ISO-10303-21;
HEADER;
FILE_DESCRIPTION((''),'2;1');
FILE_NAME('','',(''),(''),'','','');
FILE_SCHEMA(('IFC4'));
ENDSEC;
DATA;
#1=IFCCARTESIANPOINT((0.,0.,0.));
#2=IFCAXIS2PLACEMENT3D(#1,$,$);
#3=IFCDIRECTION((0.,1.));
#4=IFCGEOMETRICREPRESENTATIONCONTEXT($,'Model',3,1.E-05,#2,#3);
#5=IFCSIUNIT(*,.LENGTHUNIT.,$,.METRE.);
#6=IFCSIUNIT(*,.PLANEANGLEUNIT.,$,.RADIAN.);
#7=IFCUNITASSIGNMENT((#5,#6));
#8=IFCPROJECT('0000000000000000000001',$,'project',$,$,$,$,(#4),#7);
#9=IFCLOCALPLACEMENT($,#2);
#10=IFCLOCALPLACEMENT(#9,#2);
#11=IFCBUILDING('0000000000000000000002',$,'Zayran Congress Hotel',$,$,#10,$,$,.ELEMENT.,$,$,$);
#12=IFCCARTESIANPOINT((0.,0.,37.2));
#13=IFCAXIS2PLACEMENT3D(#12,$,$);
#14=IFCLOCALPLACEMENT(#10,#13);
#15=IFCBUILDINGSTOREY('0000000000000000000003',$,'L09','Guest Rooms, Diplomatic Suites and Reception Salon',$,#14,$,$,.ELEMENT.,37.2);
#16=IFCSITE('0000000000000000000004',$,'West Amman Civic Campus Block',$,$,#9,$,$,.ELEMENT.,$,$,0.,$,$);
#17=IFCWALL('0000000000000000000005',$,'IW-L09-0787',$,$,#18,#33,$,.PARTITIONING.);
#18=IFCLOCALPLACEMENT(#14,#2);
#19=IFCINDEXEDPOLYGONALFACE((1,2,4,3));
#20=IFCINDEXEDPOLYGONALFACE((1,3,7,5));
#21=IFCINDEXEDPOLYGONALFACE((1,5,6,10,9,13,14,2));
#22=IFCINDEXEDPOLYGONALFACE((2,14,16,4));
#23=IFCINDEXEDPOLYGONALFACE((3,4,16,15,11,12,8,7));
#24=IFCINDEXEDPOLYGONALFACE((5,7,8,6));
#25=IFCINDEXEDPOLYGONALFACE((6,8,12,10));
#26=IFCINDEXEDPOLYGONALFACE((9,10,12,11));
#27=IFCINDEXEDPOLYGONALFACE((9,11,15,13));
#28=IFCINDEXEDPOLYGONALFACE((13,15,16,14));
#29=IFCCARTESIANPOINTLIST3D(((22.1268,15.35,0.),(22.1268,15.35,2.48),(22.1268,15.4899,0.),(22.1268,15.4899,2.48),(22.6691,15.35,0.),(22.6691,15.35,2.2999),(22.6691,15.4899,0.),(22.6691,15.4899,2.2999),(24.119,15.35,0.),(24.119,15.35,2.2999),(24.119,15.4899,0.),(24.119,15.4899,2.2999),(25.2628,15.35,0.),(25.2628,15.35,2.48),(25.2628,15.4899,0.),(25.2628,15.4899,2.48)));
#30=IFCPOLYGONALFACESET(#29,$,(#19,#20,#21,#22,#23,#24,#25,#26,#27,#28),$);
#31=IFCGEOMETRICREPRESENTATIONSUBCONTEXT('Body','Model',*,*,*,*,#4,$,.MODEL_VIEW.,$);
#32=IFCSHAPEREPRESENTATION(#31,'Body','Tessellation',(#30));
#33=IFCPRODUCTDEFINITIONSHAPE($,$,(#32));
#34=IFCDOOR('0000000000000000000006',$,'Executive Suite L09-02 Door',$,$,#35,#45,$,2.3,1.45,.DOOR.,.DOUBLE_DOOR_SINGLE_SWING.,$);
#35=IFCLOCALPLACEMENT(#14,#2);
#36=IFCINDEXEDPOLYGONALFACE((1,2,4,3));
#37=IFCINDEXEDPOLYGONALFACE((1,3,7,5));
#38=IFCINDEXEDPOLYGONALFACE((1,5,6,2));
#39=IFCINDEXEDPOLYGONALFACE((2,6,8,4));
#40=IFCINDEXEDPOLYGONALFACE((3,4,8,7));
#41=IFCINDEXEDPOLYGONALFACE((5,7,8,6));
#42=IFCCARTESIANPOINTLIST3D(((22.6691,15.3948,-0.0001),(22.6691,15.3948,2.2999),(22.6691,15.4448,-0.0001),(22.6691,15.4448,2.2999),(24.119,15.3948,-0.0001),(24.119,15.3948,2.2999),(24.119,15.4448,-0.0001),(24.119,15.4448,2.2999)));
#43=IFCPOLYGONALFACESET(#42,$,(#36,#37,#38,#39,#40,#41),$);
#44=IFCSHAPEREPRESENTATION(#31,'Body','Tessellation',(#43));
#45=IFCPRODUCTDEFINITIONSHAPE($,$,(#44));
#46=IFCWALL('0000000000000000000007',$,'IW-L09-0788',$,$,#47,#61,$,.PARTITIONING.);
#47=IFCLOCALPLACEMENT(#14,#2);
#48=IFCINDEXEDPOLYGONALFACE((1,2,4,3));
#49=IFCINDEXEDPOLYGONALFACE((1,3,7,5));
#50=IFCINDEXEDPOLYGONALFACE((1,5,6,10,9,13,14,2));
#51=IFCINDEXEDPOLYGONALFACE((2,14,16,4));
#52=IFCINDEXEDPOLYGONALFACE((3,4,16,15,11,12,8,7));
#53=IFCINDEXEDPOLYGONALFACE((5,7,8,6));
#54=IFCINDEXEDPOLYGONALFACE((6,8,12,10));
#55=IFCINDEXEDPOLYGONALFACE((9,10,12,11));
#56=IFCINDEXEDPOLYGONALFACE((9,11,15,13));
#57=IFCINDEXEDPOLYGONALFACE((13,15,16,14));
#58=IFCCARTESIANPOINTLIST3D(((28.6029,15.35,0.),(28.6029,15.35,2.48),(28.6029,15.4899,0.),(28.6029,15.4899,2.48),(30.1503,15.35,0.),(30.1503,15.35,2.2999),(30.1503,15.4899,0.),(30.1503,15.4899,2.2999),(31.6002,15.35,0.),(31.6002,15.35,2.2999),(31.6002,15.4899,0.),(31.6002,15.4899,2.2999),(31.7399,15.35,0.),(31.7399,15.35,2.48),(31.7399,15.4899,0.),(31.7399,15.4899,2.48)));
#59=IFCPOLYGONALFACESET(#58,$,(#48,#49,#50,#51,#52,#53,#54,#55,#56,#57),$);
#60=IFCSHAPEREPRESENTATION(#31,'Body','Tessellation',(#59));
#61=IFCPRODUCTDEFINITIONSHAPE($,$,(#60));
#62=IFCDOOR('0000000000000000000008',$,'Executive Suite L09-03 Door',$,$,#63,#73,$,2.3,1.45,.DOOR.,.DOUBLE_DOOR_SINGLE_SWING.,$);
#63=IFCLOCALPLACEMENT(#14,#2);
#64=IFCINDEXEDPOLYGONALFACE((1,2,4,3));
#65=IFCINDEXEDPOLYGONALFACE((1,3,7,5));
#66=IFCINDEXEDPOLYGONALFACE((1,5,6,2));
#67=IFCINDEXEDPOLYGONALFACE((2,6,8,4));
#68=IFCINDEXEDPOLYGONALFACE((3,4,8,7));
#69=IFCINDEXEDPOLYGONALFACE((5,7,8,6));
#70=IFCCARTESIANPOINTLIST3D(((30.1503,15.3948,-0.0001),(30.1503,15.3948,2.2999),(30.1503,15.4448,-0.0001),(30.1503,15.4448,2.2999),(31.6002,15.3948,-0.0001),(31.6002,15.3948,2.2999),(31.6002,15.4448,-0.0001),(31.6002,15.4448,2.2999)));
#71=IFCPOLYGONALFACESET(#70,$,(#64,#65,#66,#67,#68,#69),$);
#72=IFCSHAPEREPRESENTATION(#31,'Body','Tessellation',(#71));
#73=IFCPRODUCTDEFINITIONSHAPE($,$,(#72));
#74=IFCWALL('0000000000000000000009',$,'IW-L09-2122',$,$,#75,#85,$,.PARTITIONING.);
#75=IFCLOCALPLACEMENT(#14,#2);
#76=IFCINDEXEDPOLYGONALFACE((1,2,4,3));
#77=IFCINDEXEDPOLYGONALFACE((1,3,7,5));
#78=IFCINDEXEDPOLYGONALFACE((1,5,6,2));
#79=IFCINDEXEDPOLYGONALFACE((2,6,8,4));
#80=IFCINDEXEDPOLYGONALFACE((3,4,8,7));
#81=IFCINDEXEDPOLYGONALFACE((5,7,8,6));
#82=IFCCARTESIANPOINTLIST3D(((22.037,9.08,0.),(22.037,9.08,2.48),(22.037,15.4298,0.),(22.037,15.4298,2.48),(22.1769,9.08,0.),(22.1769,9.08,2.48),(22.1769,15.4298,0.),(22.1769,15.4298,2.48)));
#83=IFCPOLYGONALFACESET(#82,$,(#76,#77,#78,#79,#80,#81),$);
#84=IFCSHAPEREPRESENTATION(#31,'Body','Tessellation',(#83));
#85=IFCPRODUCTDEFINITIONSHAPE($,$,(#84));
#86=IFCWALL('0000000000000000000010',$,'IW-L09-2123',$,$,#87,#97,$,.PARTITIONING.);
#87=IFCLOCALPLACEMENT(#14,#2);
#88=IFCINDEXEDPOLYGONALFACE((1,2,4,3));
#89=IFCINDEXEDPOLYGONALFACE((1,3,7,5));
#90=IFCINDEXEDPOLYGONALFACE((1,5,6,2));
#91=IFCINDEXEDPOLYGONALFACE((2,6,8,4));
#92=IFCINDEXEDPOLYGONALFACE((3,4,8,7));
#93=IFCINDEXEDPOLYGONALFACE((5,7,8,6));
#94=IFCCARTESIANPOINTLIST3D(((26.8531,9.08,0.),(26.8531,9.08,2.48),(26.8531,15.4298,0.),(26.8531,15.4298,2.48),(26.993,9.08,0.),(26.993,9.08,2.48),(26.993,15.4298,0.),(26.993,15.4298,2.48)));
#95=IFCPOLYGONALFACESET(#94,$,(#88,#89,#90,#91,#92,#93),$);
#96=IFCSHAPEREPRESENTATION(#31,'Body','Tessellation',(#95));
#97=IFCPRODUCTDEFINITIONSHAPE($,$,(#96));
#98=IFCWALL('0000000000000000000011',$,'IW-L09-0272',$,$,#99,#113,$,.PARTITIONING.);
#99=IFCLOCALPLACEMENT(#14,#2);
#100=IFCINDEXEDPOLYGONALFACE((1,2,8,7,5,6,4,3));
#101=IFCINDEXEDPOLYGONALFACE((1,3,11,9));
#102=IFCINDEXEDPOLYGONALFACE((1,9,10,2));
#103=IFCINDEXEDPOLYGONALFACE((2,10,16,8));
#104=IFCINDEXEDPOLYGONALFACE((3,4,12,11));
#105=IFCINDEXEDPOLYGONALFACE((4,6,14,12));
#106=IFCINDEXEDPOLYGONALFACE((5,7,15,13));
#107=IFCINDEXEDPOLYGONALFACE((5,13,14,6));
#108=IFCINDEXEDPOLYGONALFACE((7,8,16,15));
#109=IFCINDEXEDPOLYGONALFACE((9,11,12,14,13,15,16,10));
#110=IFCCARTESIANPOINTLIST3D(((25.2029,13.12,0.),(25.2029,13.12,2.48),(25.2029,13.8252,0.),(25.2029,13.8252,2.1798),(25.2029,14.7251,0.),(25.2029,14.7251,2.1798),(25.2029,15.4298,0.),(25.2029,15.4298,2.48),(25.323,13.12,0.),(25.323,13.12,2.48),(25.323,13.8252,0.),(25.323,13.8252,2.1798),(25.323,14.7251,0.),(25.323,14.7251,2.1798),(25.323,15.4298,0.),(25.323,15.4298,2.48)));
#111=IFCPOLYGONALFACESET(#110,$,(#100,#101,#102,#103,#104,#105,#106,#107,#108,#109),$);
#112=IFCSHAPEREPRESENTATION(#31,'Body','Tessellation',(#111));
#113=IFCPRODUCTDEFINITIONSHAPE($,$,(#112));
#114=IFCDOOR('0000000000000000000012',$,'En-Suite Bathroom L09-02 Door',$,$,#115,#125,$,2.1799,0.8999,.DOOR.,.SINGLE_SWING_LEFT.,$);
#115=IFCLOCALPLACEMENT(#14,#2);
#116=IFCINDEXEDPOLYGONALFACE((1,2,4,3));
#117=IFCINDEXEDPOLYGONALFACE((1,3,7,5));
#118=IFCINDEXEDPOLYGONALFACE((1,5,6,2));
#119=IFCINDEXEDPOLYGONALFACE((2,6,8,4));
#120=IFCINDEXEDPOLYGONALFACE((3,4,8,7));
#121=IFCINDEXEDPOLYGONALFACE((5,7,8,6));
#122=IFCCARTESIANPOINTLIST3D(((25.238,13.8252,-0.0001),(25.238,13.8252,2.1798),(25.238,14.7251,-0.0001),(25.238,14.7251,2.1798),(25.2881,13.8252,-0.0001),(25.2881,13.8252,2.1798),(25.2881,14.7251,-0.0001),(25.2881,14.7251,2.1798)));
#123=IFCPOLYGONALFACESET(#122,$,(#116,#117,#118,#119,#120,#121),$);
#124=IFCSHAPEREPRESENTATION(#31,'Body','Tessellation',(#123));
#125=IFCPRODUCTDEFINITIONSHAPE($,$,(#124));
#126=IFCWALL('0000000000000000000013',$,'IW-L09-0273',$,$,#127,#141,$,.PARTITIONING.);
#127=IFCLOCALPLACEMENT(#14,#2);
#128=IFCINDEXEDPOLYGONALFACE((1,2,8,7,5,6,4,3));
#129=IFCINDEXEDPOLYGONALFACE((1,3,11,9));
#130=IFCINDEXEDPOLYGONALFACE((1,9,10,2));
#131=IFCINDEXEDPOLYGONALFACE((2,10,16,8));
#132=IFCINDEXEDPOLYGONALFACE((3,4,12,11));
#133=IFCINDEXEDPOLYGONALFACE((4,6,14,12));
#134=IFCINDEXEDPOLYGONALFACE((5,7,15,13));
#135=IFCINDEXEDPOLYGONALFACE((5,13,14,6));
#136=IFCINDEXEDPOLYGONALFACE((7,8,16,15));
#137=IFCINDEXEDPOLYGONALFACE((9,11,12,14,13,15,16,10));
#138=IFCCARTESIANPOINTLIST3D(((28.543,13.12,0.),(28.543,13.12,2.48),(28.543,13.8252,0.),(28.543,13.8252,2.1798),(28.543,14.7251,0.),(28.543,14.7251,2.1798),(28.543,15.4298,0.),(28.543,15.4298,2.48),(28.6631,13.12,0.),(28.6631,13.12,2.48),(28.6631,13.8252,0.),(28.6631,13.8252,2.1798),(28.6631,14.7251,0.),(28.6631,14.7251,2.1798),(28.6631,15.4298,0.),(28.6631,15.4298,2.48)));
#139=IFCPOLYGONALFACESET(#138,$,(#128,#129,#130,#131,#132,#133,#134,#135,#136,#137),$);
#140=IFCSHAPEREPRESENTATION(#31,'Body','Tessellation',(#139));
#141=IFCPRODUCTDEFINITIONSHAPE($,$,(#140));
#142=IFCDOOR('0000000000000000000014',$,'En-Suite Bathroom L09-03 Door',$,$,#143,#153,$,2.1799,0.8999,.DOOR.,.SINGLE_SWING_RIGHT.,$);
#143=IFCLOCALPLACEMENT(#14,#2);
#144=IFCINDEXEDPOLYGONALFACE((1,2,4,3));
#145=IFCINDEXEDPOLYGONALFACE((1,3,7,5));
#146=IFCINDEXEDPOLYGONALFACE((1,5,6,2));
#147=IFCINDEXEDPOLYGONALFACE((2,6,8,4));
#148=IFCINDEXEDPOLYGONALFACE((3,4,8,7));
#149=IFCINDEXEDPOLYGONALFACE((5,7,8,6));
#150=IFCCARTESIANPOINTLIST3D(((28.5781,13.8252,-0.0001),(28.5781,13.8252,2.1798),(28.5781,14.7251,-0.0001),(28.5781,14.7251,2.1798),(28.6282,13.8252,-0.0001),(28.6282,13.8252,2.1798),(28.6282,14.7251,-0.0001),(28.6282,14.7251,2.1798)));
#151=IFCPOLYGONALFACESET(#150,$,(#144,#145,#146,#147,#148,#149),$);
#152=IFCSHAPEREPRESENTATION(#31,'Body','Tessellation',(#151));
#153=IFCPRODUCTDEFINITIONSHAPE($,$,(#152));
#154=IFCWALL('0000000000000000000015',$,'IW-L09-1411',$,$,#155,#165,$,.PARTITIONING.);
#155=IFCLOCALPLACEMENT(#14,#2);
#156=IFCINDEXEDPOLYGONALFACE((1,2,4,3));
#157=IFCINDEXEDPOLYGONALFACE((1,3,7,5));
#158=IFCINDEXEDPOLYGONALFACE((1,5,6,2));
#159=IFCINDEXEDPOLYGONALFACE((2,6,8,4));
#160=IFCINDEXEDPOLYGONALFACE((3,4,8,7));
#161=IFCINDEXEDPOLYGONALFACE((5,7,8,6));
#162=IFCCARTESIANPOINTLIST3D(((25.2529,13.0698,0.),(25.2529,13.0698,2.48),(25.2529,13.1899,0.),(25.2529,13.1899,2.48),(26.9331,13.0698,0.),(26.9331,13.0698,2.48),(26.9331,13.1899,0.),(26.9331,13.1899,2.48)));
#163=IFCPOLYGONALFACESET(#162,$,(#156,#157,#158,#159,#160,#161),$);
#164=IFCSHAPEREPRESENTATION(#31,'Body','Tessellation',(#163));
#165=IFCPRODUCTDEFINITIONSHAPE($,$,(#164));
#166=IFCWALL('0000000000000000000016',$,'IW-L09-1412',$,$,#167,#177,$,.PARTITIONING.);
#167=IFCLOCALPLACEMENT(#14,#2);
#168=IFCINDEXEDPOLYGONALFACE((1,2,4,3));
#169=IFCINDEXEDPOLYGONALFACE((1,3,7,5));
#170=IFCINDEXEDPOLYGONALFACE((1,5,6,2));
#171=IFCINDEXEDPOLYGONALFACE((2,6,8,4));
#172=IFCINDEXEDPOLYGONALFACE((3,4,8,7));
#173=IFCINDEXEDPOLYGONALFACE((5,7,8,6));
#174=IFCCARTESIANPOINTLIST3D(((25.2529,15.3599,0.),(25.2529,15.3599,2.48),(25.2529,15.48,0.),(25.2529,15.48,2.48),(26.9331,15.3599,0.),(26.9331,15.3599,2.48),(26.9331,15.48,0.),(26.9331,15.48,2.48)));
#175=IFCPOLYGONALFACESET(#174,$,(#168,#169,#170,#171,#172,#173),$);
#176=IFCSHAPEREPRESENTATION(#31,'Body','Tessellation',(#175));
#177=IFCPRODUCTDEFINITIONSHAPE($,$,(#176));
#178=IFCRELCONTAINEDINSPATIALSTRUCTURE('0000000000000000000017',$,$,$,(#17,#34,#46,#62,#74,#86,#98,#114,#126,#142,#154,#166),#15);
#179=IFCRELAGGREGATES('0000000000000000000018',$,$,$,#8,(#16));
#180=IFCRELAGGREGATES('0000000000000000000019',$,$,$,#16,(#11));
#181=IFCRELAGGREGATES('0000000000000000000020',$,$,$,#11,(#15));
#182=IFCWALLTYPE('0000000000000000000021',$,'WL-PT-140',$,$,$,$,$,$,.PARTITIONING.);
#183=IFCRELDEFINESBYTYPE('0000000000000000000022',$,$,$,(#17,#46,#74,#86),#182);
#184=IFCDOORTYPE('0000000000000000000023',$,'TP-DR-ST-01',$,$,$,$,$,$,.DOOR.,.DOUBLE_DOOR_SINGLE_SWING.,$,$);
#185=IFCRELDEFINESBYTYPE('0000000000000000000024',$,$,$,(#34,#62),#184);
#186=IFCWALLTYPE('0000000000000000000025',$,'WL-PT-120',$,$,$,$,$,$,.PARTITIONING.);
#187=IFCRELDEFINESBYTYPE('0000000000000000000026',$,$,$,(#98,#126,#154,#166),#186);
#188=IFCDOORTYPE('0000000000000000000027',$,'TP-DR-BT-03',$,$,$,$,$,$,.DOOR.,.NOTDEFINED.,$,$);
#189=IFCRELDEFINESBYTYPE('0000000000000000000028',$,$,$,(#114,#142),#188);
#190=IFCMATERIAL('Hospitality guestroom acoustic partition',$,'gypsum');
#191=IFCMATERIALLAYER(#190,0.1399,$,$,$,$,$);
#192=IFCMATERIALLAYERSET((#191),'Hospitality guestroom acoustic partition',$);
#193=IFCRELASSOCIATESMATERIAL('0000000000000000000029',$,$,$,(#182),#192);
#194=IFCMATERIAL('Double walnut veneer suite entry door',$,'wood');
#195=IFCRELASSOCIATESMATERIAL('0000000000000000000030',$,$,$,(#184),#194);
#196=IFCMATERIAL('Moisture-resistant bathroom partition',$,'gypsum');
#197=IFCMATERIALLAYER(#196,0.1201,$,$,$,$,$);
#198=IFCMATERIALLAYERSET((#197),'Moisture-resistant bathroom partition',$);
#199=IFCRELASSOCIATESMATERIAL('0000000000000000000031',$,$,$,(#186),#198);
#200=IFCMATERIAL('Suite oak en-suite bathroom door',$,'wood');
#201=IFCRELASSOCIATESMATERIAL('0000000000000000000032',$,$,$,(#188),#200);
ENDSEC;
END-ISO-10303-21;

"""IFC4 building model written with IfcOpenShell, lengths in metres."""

from ifc_helpers import new_model, si_unit, direction, frame, frame_2d, origin, place, context, subcontext, project, spatial, rectangle, extrude, material, layer, layer_set, type_object, element, fill, save


model = new_model("IFC4")

# Units and contexts
model_context = context("Model", 3, precision=1e-05, world=origin(), true_north=direction((0.0, 1.0)))
body_context = subcontext(model_context, "Body", "Model", "MODEL_VIEW")
ifc_project = project(units=[si_unit("LENGTHUNIT", "METRE"), si_unit("PLANEANGLEUNIT", "RADIAN")], contexts=[model_context])

# Site, building, storey
site_placement = place(None, origin())
site = spatial("IfcSite", under=ifc_project, at=site_placement, Name="West Amman Civic Campus Block", CompositionType="ELEMENT", RefElevation=0.0)
building_placement = place(site_placement, origin())
building = spatial("IfcBuilding", under=site, at=building_placement, Name="Zayran Congress Hotel", CompositionType="ELEMENT")
storey_placement = place(building_placement, frame((0.0, 0.0, 37.2)))
storey = spatial("IfcBuildingStorey", under=building, at=storey_placement, Name="L09", Description="Guest Rooms, Diplomatic Suites and Reception Salon", CompositionType="ELEMENT", Elevation=37.2)

# Shared definitions
ifc_material_1 = material(Name="Hospitality guestroom acoustic partition", Category="gypsum")
ifc_layer_1 = layer(ifc_material_1, 0.1399)
ifc_layer_set_1 = layer_set([ifc_layer_1], Name="Hospitality guestroom acoustic partition")
wall_type_1 = type_object("IfcWallType", Name="WL-PT-140", PredefinedType="PARTITIONING", material=ifc_layer_set_1)

# Walls, openings, doors
wall_1_placement = place(storey_placement, frame((22.127, 15.4199, 0.0), z_axis=(0.0, 0.0, 1.0), x_axis=(1.0, 0.0, 0.0)))
wall_1 = element("IfcWall", 1, at=wall_1_placement, inside=storey, type_object=wall_type_1, Name="IW-L09-0787", PredefinedType="PARTITIONING", context=body_context, shape_type="SweptSolid", body=[
    extrude(rectangle(XDim=3.136, YDim=0.1399, at=frame_2d((1.5679, 0.0))), origin(), (0.0, 0.0, 1.0), 2.48),
])
opening_1_placement = place(wall_1_placement, frame((0.542, 0.0, 0.0)))
opening_1 = element("IfcOpeningElement", 2, at=opening_1_placement, cuts=wall_1, PredefinedType="OPENING", context=body_context, shape_type="SweptSolid", body=[
    extrude(rectangle(XDim=1.45, YDim=2.3, at=frame_2d((0.7251, 1.1499))), frame((0.0, 0.0798, 0.0), z_axis=(0.0, -1.0, 0.0), x_axis=(1.0, 0.0, 0.0)), (0.0, 0.0, 1.0), 0.1599),
])
ifc_material_2 = material(Name="Double walnut veneer suite entry door", Category="wood")
door_type_1 = type_object("IfcDoorType", Name="TP-DR-ST-01", OperationType="DOUBLE_DOOR_SINGLE_SWING", PredefinedType="DOOR", material=ifc_material_2)
door_1_placement = place(opening_1_placement, origin())
door_1 = element("IfcDoor", 3, at=door_1_placement, inside=storey, type_object=door_type_1, Name="Executive Suite L09-02 Door", OperationType="DOUBLE_DOOR_SINGLE_SWING", OverallHeight=2.3, OverallWidth=1.45, PredefinedType="DOOR", context=body_context, shape_type="SweptSolid", body=[
    extrude(rectangle(XDim=1.45, YDim=2.3, at=frame_2d((0.7251, 1.1499))), frame((0.0, 0.0249, 0.0), z_axis=(0.0, -1.0, 0.0), x_axis=(1.0, 0.0, 0.0)), (0.0, 0.0, 1.0), 0.05),
])
fill(opening_1, door_1)
wall_2_placement = place(storey_placement, frame((28.603, 15.4199, 0.0), z_axis=(0.0, 0.0, 1.0), x_axis=(1.0, 0.0, 0.0)))
wall_2 = element("IfcWall", 4, at=wall_2_placement, inside=storey, type_object=wall_type_1, Name="IW-L09-0788", PredefinedType="PARTITIONING", context=body_context, shape_type="SweptSolid", body=[
    extrude(rectangle(XDim=3.137, YDim=0.1399, at=frame_2d((1.5684, 0.0))), origin(), (0.0, 0.0, 1.0), 2.48),
])
opening_2_placement = place(wall_2_placement, frame((1.5471, 0.0, 0.0)))
opening_2 = element("IfcOpeningElement", 5, at=opening_2_placement, cuts=wall_2, PredefinedType="OPENING", context=body_context, shape_type="SweptSolid", body=[
    extrude(rectangle(XDim=1.45, YDim=2.3, at=frame_2d((0.7251, 1.1499))), frame((0.0, 0.0798, 0.0), z_axis=(0.0, -1.0, 0.0), x_axis=(1.0, 0.0, 0.0)), (0.0, 0.0, 1.0), 0.1599),
])
door_2_placement = place(opening_2_placement, origin())
door_2 = element("IfcDoor", 6, at=door_2_placement, inside=storey, type_object=door_type_1, Name="Executive Suite L09-03 Door", OperationType="DOUBLE_DOOR_SINGLE_SWING", OverallHeight=2.3, OverallWidth=1.45, PredefinedType="DOOR", context=body_context, shape_type="SweptSolid", body=[
    extrude(rectangle(XDim=1.45, YDim=2.3, at=frame_2d((0.7251, 1.1499))), frame((0.0, 0.0249, 0.0), z_axis=(0.0, -1.0, 0.0), x_axis=(1.0, 0.0, 0.0)), (0.0, 0.0, 1.0), 0.05),
])
fill(opening_2, door_2)

# Walls
for number, where, z_axis, x_axis, name in (
    (7, (22.1069, 9.0801, 0.0), (0.0, 0.0, 1.0), (0.0, 1.0, 0.0), "IW-L09-2122"),
    (8, (26.9231, 9.0801, 0.0), (0.0, 0.0, 1.0), (0.0, 1.0, 0.0), "IW-L09-2123"),
):
    element("IfcWall", number, at=place(storey_placement, frame(where, z_axis=z_axis, x_axis=x_axis)), inside=storey, type_object=wall_type_1, Name=name, PredefinedType="PARTITIONING", context=body_context, shape_type="SweptSolid", body=[
        extrude(rectangle(XDim=6.3499, YDim=0.1399, at=frame_2d((3.1748, 0.0))), origin(), (0.0, 0.0, 1.0), 2.48),
    ])

# Walls, openings, doors
ifc_material_3 = material(Name="Moisture-resistant bathroom partition", Category="gypsum")
ifc_layer_2 = layer(ifc_material_3, 0.1201)
ifc_layer_set_2 = layer_set([ifc_layer_2], Name="Moisture-resistant bathroom partition")
wall_type_2 = type_object("IfcWallType", Name="WL-PT-120", PredefinedType="PARTITIONING", material=ifc_layer_set_2)
wall_3_placement = place(storey_placement, frame((25.2629, 13.1201, 0.0), z_axis=(0.0, 0.0, 1.0), x_axis=(0.0, 1.0, 0.0)))
wall_3 = element("IfcWall", 9, at=wall_3_placement, inside=storey, type_object=wall_type_2, Name="IW-L09-0272", PredefinedType="PARTITIONING", context=body_context, shape_type="SweptSolid", body=[
    extrude(rectangle(XDim=2.3098, YDim=0.1201, at=frame_2d((1.1548, 0.0))), origin(), (0.0, 0.0, 1.0), 2.48),
])
opening_3_placement = place(wall_3_placement, frame((0.7051, 0.0, 0.0)))
opening_3 = element("IfcOpeningElement", 10, at=opening_3_placement, cuts=wall_3, PredefinedType="OPENING", context=body_context, shape_type="SweptSolid", body=[
    extrude(rectangle(XDim=0.8999, YDim=2.1799, at=frame_2d((0.45, 1.0898))), frame((0.0, 0.0701, 0.0), z_axis=(0.0, -1.0, 0.0), x_axis=(1.0, 0.0, 0.0)), (0.0, 0.0, 1.0), 0.1401),
])
ifc_material_4 = material(Name="Suite oak en-suite bathroom door", Category="wood")
door_type_2 = type_object("IfcDoorType", Name="TP-DR-BT-03", OperationType="NOTDEFINED", PredefinedType="DOOR", material=ifc_material_4)
door_3_placement = place(opening_3_placement, origin())
door_3 = element("IfcDoor", 11, at=door_3_placement, inside=storey, type_object=door_type_2, Name="En-Suite Bathroom L09-02 Door", OperationType="SINGLE_SWING_LEFT", OverallHeight=2.1799, OverallWidth=0.8999, PredefinedType="DOOR", context=body_context, shape_type="SweptSolid", body=[
    extrude(rectangle(XDim=0.8999, YDim=2.1799, at=frame_2d((0.45, 1.0898))), frame((0.0, 0.0249, 0.0), z_axis=(0.0, -1.0, 0.0), x_axis=(1.0, 0.0, 0.0)), (0.0, 0.0, 1.0), 0.05),
])
fill(opening_3, door_3)
wall_4_placement = place(storey_placement, frame((28.603, 13.1201, 0.0), z_axis=(0.0, 0.0, 1.0), x_axis=(0.0, 1.0, 0.0)))
wall_4 = element("IfcWall", 12, at=wall_4_placement, inside=storey, type_object=wall_type_2, Name="IW-L09-0273", PredefinedType="PARTITIONING", context=body_context, shape_type="SweptSolid", body=[
    extrude(rectangle(XDim=2.3098, YDim=0.1201, at=frame_2d((1.1548, 0.0))), origin(), (0.0, 0.0, 1.0), 2.48),
])
opening_4_placement = place(wall_4_placement, frame((0.7051, 0.0, 0.0)))
opening_4 = element("IfcOpeningElement", 13, at=opening_4_placement, cuts=wall_4, PredefinedType="OPENING", context=body_context, shape_type="SweptSolid", body=[
    extrude(rectangle(XDim=0.8999, YDim=2.1799, at=frame_2d((0.45, 1.0898))), frame((0.0, 0.0701, 0.0), z_axis=(0.0, -1.0, 0.0), x_axis=(1.0, 0.0, 0.0)), (0.0, 0.0, 1.0), 0.1401),
])
door_4_placement = place(opening_4_placement, origin())
door_4 = element("IfcDoor", 14, at=door_4_placement, inside=storey, type_object=door_type_2, Name="En-Suite Bathroom L09-03 Door", OperationType="SINGLE_SWING_RIGHT", OverallHeight=2.1799, OverallWidth=0.8999, PredefinedType="DOOR", context=body_context, shape_type="SweptSolid", body=[
    extrude(rectangle(XDim=0.8999, YDim=2.1799, at=frame_2d((0.45, 1.0898))), frame((0.0, 0.0249, 0.0), z_axis=(0.0, -1.0, 0.0), x_axis=(1.0, 0.0, 0.0)), (0.0, 0.0, 1.0), 0.05),
])
fill(opening_4, door_4)

# Walls
for number, where, z_axis, x_axis, name in (
    (15, (25.2529, 13.1299, 0.0), (0.0, 0.0, 1.0), (1.0, 0.0, 0.0), "IW-L09-1411"),
    (16, (25.2529, 15.4199, 0.0), (0.0, 0.0, 1.0), (1.0, 0.0, 0.0), "IW-L09-1412"),
):
    element("IfcWall", number, at=place(storey_placement, frame(where, z_axis=z_axis, x_axis=x_axis)), inside=storey, type_object=wall_type_2, Name=name, PredefinedType="PARTITIONING", context=body_context, shape_type="SweptSolid", body=[
        extrude(rectangle(XDim=1.6802, YDim=0.1201, at=frame_2d((0.8401, 0.0))), origin(), (0.0, 0.0, 1.0), 2.48),
    ])

save(model, "model.ifc")
